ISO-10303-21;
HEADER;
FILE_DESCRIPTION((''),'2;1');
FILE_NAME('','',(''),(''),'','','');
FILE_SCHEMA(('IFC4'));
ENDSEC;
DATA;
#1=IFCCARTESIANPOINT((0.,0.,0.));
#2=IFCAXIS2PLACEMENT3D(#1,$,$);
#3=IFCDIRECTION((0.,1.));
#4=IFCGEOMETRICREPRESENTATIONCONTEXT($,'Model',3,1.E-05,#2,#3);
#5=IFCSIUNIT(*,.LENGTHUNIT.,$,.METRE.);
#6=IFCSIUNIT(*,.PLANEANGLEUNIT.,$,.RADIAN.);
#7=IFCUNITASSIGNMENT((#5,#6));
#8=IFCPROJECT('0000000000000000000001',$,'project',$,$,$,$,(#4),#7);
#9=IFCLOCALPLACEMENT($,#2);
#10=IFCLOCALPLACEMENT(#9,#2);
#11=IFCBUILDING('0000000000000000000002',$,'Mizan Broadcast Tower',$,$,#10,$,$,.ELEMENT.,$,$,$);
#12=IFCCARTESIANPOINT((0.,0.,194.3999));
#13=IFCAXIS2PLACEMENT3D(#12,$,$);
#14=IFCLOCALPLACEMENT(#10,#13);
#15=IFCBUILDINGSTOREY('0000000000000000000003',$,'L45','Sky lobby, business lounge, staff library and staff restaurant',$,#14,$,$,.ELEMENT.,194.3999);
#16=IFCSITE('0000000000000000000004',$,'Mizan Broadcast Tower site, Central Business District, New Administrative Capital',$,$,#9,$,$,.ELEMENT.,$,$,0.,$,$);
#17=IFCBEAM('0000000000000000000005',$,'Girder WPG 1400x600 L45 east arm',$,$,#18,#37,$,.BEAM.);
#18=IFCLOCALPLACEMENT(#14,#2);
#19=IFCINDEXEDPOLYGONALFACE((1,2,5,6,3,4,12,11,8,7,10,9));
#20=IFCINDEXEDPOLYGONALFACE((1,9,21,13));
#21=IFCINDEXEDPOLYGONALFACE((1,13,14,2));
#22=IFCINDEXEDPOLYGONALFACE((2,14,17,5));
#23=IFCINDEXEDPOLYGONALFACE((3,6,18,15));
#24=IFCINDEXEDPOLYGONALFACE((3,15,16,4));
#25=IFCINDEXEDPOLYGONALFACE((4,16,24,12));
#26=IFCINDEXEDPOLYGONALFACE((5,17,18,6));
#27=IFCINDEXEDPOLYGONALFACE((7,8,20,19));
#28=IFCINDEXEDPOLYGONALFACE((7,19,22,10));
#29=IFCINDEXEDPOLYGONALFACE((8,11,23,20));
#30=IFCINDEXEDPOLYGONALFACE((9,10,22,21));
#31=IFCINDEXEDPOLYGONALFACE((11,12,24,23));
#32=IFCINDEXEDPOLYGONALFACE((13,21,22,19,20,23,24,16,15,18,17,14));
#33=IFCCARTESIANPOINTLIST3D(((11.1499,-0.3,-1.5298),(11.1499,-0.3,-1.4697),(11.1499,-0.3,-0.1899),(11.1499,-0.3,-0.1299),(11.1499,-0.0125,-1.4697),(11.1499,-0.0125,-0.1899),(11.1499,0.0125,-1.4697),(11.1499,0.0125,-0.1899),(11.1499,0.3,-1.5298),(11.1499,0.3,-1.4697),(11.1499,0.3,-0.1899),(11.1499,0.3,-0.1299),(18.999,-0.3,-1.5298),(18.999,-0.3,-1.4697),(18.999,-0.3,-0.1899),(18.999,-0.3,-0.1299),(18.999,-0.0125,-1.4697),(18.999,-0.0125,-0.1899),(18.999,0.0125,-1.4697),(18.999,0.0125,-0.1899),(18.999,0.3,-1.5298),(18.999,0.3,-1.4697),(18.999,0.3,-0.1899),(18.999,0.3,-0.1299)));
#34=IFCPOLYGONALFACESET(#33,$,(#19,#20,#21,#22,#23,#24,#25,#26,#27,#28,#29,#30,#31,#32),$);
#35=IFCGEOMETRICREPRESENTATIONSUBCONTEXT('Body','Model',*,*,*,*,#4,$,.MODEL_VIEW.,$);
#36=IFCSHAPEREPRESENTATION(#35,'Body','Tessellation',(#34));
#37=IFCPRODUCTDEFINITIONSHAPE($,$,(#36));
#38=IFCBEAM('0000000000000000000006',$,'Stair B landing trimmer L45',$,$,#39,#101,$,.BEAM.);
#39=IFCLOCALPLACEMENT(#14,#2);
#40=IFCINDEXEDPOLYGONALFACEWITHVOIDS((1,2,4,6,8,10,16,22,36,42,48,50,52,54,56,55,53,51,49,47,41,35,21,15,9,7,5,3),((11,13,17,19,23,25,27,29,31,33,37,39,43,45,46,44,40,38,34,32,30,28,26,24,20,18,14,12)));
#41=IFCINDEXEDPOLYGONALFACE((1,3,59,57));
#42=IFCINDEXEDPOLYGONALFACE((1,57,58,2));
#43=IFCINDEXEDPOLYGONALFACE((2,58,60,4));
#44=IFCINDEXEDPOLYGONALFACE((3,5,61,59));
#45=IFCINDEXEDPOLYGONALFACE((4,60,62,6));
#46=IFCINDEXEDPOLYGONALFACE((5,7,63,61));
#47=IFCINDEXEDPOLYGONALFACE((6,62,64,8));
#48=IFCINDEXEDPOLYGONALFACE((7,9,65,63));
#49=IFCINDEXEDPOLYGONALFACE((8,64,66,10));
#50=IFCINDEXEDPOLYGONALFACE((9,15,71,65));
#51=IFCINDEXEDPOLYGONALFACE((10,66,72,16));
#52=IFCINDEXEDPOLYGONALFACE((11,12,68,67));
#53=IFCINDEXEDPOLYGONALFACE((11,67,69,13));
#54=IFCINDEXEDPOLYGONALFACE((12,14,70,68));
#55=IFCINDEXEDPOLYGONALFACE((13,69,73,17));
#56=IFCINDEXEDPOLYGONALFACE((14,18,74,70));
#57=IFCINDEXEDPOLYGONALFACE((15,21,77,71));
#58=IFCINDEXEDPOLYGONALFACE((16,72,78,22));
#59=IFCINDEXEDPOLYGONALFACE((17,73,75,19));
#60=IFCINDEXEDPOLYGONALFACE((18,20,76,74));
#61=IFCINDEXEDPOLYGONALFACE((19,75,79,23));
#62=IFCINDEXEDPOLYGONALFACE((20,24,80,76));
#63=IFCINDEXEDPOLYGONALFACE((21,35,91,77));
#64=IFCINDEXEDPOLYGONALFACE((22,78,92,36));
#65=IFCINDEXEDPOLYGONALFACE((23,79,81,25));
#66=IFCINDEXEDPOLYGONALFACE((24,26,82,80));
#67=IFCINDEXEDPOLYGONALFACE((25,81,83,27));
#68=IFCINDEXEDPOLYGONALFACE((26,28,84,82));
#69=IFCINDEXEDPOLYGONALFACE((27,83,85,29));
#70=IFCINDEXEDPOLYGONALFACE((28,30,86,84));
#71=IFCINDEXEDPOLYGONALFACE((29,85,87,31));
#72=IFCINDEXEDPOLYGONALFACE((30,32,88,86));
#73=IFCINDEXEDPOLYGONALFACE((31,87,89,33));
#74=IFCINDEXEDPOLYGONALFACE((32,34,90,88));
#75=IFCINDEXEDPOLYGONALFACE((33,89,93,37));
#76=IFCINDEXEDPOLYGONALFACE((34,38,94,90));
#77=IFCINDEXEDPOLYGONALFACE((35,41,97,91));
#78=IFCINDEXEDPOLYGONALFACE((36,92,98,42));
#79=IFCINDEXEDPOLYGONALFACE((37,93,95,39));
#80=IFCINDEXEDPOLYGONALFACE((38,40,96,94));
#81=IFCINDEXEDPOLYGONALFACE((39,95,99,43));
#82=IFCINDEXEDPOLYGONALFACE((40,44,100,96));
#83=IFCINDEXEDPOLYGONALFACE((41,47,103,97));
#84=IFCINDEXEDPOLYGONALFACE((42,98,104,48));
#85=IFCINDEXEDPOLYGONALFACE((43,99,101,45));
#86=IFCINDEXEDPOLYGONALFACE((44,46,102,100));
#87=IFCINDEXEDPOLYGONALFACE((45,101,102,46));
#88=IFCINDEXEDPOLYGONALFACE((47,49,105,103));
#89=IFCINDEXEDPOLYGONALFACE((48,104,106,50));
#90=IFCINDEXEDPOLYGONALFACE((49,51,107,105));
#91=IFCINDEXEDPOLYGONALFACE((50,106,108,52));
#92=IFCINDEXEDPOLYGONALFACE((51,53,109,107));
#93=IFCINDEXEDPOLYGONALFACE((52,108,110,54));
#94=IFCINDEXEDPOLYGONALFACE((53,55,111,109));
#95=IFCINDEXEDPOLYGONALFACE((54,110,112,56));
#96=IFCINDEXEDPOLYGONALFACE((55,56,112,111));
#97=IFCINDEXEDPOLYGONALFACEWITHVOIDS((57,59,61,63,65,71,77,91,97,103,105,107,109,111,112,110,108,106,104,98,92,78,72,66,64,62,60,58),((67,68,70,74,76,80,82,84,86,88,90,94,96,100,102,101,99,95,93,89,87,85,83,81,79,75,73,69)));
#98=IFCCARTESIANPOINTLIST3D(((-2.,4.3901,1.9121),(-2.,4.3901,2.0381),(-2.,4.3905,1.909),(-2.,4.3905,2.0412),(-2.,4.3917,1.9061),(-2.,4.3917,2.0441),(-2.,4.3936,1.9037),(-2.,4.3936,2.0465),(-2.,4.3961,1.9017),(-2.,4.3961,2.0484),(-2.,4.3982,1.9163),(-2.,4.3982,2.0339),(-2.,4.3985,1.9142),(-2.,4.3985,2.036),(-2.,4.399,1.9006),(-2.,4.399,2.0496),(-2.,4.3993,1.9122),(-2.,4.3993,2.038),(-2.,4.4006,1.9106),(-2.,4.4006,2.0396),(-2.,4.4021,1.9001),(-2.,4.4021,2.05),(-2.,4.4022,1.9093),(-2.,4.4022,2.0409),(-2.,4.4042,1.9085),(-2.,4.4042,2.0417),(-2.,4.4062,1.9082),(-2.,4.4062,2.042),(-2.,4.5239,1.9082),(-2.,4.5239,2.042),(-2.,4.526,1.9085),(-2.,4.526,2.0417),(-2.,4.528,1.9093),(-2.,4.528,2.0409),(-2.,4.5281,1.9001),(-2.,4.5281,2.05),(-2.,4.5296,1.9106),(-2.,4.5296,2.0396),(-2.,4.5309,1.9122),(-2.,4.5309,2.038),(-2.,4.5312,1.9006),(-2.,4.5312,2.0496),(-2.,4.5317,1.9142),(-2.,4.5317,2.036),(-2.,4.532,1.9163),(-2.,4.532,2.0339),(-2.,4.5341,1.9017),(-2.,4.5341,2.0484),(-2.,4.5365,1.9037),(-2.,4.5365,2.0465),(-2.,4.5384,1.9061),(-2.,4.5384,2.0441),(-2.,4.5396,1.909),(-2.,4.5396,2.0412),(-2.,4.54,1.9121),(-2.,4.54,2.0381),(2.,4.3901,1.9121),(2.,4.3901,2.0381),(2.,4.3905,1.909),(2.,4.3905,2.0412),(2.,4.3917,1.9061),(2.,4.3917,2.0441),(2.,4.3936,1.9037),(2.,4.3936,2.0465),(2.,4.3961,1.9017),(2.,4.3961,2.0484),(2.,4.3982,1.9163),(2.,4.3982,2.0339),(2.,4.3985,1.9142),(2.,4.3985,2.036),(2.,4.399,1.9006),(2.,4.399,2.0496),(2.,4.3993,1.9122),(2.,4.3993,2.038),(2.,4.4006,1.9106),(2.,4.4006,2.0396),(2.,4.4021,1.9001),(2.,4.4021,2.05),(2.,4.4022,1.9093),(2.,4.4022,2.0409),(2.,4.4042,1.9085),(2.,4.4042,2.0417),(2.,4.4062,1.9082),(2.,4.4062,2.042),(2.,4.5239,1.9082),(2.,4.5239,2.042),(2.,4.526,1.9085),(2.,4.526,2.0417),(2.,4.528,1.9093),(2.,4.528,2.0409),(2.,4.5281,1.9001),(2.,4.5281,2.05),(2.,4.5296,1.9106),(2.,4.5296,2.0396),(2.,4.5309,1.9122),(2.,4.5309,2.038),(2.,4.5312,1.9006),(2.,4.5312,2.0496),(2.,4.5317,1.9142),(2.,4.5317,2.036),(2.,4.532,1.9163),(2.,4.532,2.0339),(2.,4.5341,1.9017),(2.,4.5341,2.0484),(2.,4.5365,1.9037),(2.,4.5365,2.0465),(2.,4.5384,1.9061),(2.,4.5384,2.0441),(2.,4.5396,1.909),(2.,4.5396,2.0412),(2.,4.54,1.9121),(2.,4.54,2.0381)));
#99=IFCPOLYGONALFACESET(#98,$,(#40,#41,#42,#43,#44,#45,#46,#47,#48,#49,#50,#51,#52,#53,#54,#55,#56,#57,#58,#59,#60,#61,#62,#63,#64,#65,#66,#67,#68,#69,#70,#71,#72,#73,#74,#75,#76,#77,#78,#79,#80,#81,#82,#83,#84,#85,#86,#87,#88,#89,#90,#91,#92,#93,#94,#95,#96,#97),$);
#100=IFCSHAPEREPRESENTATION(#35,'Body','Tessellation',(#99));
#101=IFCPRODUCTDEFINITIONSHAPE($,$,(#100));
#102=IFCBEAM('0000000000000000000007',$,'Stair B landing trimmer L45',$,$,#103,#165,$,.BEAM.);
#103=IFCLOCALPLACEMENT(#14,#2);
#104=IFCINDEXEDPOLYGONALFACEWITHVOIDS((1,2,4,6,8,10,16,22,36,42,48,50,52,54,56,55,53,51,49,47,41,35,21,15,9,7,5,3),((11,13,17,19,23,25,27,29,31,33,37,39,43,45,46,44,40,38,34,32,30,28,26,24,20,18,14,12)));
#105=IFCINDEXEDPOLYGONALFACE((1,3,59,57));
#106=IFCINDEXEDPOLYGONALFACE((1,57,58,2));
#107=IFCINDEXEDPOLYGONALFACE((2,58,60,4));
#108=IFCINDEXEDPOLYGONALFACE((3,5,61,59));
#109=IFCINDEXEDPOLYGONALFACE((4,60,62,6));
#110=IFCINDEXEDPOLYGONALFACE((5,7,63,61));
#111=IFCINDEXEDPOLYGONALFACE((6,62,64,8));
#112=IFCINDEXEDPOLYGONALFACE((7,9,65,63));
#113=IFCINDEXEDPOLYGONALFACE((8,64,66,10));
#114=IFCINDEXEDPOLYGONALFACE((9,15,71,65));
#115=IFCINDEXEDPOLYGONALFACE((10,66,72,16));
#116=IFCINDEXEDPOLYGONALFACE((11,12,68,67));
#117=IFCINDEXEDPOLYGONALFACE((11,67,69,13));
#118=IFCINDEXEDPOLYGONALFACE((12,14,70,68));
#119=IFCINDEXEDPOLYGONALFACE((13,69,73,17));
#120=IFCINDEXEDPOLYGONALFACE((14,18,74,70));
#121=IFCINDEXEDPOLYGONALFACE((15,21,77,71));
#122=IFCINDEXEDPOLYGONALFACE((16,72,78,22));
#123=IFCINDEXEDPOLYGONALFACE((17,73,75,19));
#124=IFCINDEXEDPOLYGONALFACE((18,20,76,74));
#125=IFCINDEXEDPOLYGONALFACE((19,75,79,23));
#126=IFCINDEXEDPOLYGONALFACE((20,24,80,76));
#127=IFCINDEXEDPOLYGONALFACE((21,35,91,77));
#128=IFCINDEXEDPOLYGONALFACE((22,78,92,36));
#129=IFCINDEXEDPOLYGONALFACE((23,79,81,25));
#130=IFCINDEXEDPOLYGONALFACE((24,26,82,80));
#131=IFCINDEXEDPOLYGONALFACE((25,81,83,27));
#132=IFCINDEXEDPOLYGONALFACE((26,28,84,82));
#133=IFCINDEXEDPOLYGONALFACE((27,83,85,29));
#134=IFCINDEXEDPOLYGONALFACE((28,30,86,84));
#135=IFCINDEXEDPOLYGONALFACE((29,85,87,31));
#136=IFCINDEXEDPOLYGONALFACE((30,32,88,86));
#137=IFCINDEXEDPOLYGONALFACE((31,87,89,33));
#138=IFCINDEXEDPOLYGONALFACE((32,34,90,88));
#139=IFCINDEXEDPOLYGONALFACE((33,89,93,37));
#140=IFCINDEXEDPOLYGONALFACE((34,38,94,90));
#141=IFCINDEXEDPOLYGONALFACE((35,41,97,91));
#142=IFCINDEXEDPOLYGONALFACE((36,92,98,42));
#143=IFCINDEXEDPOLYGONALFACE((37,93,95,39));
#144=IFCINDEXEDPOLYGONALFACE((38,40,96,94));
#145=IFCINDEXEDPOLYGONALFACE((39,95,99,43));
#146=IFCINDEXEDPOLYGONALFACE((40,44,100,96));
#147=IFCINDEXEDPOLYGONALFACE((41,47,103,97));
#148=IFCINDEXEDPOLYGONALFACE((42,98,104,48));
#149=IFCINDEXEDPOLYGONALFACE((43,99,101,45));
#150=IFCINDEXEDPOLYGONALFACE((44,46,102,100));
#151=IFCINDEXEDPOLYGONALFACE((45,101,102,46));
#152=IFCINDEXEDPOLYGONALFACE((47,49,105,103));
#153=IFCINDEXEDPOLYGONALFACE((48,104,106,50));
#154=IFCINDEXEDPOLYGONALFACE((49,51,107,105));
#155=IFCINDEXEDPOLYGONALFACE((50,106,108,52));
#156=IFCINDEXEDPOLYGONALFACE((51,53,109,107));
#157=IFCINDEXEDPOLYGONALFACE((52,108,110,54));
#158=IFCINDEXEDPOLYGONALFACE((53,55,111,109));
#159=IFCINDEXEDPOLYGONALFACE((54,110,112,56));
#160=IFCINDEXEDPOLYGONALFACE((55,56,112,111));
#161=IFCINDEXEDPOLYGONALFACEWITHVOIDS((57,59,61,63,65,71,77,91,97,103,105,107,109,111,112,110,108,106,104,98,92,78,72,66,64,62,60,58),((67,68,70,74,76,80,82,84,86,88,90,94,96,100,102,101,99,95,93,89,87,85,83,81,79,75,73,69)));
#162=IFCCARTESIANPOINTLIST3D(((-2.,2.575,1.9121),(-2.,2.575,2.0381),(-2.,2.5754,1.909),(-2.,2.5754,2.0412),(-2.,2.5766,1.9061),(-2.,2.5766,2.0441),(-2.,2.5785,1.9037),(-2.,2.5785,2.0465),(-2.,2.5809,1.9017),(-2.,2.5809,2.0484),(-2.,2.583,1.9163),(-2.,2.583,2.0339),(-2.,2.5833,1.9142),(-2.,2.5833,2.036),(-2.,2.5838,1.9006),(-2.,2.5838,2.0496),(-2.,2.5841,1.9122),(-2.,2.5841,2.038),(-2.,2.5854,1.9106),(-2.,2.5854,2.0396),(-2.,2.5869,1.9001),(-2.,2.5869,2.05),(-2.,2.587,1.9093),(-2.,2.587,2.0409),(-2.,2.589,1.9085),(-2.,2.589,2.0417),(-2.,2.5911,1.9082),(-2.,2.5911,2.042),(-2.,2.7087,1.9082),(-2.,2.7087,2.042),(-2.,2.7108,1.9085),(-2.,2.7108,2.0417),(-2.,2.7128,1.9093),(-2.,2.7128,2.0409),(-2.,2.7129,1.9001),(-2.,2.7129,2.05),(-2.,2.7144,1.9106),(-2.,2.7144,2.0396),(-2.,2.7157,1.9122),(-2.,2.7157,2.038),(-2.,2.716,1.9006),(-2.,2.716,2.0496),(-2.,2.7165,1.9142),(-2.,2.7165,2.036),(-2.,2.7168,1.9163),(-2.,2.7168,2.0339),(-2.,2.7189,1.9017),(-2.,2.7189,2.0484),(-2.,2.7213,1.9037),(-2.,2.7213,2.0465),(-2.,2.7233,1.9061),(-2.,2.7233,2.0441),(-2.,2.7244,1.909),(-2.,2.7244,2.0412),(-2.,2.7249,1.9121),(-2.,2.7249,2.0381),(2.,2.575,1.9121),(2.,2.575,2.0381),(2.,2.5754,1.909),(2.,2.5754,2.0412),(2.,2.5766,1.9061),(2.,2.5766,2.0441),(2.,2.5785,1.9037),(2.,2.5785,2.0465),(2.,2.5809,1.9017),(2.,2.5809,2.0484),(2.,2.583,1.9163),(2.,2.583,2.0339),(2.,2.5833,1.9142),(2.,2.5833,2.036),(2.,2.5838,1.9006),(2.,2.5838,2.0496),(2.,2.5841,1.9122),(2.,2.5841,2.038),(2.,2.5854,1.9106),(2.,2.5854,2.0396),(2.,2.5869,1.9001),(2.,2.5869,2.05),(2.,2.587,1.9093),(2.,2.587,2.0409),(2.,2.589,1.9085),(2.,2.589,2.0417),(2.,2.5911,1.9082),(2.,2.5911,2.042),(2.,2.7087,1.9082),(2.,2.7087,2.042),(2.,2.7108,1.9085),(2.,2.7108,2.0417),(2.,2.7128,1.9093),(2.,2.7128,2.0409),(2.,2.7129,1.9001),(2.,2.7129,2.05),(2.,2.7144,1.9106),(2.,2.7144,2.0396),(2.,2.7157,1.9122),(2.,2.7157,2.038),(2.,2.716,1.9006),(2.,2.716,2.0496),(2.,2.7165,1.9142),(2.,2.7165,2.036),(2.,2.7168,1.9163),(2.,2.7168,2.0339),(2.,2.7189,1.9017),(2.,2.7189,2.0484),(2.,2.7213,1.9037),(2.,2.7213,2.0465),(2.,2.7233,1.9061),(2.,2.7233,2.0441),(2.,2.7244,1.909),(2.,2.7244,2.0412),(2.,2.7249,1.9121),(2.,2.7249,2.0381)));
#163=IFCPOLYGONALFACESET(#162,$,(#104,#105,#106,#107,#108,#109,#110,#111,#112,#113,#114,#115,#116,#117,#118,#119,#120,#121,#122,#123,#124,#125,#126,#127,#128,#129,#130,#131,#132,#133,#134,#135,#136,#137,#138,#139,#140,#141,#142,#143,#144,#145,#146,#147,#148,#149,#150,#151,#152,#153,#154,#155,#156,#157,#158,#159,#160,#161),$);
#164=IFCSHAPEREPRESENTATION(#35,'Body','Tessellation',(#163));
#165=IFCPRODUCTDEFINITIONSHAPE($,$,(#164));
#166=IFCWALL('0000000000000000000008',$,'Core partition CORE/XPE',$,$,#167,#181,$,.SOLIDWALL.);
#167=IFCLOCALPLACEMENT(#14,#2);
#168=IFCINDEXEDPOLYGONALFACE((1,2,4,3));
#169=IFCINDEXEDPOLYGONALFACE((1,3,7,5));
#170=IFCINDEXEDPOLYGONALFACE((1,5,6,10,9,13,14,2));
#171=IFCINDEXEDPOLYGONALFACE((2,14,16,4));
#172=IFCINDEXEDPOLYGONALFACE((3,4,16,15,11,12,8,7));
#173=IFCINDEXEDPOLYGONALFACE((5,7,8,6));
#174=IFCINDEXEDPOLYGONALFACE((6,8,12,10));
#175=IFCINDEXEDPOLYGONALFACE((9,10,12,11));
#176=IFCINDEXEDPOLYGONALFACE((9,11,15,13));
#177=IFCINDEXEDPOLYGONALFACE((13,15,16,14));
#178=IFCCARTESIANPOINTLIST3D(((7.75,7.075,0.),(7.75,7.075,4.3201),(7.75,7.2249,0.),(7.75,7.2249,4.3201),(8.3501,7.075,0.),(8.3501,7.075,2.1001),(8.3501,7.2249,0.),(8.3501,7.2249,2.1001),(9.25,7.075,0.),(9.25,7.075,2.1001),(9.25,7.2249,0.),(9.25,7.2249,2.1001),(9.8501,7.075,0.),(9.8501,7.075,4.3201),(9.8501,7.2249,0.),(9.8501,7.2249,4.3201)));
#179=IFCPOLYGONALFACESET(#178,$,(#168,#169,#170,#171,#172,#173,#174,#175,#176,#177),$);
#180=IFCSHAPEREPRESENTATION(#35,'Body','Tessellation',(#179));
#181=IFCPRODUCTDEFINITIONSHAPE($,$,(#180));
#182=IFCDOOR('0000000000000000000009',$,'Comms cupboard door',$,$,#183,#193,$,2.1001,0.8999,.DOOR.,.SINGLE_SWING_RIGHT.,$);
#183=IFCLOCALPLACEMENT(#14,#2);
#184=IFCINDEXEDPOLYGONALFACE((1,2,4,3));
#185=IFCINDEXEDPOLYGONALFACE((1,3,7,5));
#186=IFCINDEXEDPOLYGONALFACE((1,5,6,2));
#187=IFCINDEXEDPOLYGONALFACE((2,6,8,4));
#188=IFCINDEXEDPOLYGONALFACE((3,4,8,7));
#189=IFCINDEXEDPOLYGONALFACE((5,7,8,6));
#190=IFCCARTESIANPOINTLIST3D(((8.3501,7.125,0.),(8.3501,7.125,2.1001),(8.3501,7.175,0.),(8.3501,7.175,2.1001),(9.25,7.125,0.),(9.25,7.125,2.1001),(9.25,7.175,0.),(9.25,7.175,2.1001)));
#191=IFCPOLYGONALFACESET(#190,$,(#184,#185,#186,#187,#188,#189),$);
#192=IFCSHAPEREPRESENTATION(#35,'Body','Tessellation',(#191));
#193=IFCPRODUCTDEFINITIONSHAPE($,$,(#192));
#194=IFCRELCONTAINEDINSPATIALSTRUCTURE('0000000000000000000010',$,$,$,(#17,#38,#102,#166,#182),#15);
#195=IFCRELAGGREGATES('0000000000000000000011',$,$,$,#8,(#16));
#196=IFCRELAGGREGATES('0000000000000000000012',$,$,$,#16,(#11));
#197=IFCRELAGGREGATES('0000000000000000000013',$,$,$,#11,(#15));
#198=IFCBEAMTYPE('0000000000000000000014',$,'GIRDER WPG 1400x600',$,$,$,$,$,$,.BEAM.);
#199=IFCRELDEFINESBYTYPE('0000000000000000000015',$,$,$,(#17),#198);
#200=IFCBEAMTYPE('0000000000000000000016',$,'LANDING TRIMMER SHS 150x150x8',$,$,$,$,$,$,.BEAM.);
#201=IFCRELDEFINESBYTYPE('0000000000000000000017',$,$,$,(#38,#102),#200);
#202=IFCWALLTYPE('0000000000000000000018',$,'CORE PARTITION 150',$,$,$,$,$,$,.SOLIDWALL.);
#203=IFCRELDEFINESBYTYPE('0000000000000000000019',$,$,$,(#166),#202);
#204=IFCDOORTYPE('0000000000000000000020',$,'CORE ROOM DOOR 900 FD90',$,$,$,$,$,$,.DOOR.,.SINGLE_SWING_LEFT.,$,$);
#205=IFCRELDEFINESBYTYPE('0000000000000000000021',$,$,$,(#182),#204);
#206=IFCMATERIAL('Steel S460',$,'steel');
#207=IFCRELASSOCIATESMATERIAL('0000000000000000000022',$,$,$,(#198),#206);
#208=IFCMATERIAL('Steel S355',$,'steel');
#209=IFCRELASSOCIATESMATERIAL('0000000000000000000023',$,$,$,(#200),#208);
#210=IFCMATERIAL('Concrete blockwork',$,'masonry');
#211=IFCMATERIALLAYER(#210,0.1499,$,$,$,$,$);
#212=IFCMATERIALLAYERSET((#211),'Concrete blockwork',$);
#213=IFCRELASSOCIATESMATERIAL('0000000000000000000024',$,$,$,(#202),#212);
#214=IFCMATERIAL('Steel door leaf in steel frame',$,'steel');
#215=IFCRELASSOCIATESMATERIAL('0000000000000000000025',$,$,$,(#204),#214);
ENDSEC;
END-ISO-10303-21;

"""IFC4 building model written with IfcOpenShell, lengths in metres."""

from ifc_helpers import new_model, si_unit, direction, frame, frame_2d, origin, origin_2d, place, context, subcontext, project, spatial, rectangle, hollow_rectangle, i_section, extrude, material, layer, layer_set, material_profile, profile_set, type_object, element, fill, save


model = new_model("IFC4")

# Units and contexts
model_context = context("Model", 3, precision=1e-05, world=origin(), true_north=direction((0.0, 1.0)))
body_context = subcontext(model_context, "Body", "Model", "MODEL_VIEW")
ifc_project = project(units=[si_unit("LENGTHUNIT", "METRE"), si_unit("PLANEANGLEUNIT", "RADIAN")], contexts=[model_context])

# Site, building, storey
site_placement = place(None, origin())
site = spatial("IfcSite", under=ifc_project, at=site_placement, Name="Mizan Broadcast Tower site, Central Business District, New Administrative Capital", CompositionType="ELEMENT", RefElevation=0.0)
building_placement = place(site_placement, origin())
building = spatial("IfcBuilding", under=site, at=building_placement, Name="Mizan Broadcast Tower", CompositionType="ELEMENT")
storey_placement = place(building_placement, frame((0.0, 0.0, 194.3999)))
storey = spatial("IfcBuildingStorey", under=building, at=storey_placement, Name="L45", Description="Sky lobby, business lounge, staff library and staff restaurant", CompositionType="ELEMENT", Elevation=194.3999)

# Beams
ifc_material_1 = material(Name="Steel S460", Category="steel")
ifc_material_profile_1 = material_profile(ifc_material_1, i_section(OverallWidth=0.6001, OverallDepth=1.3999, WebThickness=0.0249, FlangeThickness=0.0601, at=origin_2d()), Name="WPG 1400x600")
ifc_profile_set_1 = profile_set([ifc_material_profile_1], Name="Steel S460")
beam_type_1 = type_object("IfcBeamType", Name="GIRDER WPG 1400x600", PredefinedType="BEAM", material=ifc_profile_set_1)
beam_placement = place(storey_placement, frame((11.1499, 0.0, -0.8298), z_axis=(1.0, 0.0, 0.0), x_axis=(0.0, 1.0, 0.0)))
element("IfcBeam", 1, at=beam_placement, inside=storey, type_object=beam_type_1, Name="Girder WPG 1400x600 L45 east arm", PredefinedType="BEAM", context=body_context, shape_type="SweptSolid", body=[
    extrude(i_section(OverallWidth=0.6001, OverallDepth=1.3999, WebThickness=0.0249, FlangeThickness=0.0601, at=origin_2d()), origin(), (0.0, 0.0, 1.0), 7.8491),
])
ifc_material_2 = material(Name="Steel S355", Category="steel")
ifc_material_profile_2 = material_profile(ifc_material_2, hollow_rectangle(XDim=0.1499, YDim=0.1499, WallThickness=0.0081, InnerFilletRadius=0.0081, OuterFilletRadius=0.012, at=origin_2d()), Name="SHS 150x150x8")
ifc_profile_set_2 = profile_set([ifc_material_profile_2], Name="Steel S355")
beam_type_2 = type_object("IfcBeamType", Name="LANDING TRIMMER SHS 150x150x8", PredefinedType="BEAM", material=ifc_profile_set_2)
for number, where, z_axis, x_axis, name in (
    (2, (2.0, 4.4651, 1.9751), (-1.0, 0.0, 0.0), (0.0, -1.0, 0.0), "Stair B landing trimmer L45"),
    (3, (2.0, 2.6499, 1.9751), (-1.0, 0.0, 0.0), (0.0, -1.0, 0.0), "Stair B landing trimmer L45"),
):
    element("IfcBeam", number, at=place(storey_placement, frame(where, z_axis=z_axis, x_axis=x_axis)), inside=storey, type_object=beam_type_2, Name=name, PredefinedType="BEAM", context=body_context, shape_type="SweptSolid", body=[
        extrude(hollow_rectangle(XDim=0.1499, YDim=0.1499, WallThickness=0.0081, InnerFilletRadius=0.0081, OuterFilletRadius=0.012, at=origin_2d()), origin(), (0.0, 0.0, 1.0), 4.0),
    ])

# Wall, opening, door
ifc_material_3 = material(Name="Concrete blockwork", Category="masonry")
ifc_layer_1 = layer(ifc_material_3, 0.1499)
ifc_layer_set_1 = layer_set([ifc_layer_1], Name="Concrete blockwork")
wall_type_1 = type_object("IfcWallType", Name="CORE PARTITION 150", PredefinedType="SOLIDWALL", material=ifc_layer_set_1)
wall_1_placement = place(storey_placement, frame((9.8501, 7.1499, 0.0), z_axis=(0.0, 0.0, 1.0), x_axis=(-1.0, 0.0, 0.0)))
wall_1 = element("IfcWall", 4, at=wall_1_placement, inside=storey, type_object=wall_type_1, Name="Core partition CORE/XPE", PredefinedType="SOLIDWALL", context=body_context, shape_type="SweptSolid", body=[
    extrude(rectangle(XDim=2.1001, YDim=0.1499, at=frame_2d((1.05, 0.0))), origin(), (0.0, 0.0, 1.0), 4.3201),
])
opening_1_placement = place(wall_1_placement, frame((0.6001, 0.0, 0.0)))
opening_1 = element("IfcOpeningElement", 5, at=opening_1_placement, cuts=wall_1, PredefinedType="OPENING", context=body_context, shape_type="SweptSolid", body=[
    extrude(rectangle(XDim=0.8999, YDim=2.1001, at=frame_2d((0.45, 1.05))), frame((0.0, 0.085, 0.0), z_axis=(0.0, -1.0, 0.0), x_axis=(1.0, 0.0, 0.0)), (0.0, 0.0, 1.0), 0.1699),
])
ifc_material_4 = material(Name="Steel door leaf in steel frame", Category="steel")
door_type_1 = type_object("IfcDoorType", Name="CORE ROOM DOOR 900 FD90", OperationType="SINGLE_SWING_LEFT", PredefinedType="DOOR", material=ifc_material_4)
door_1_placement = place(opening_1_placement, origin())
door_1 = element("IfcDoor", 6, at=door_1_placement, inside=storey, type_object=door_type_1, Name="Comms cupboard door", OperationType="SINGLE_SWING_RIGHT", OverallHeight=2.1001, OverallWidth=0.8999, PredefinedType="DOOR", context=body_context, shape_type="SweptSolid", body=[
    extrude(rectangle(XDim=0.8999, YDim=2.1001, at=frame_2d((0.45, 1.05))), frame((0.0, 0.0249, 0.0), z_axis=(0.0, -1.0, 0.0), x_axis=(1.0, 0.0, 0.0)), (0.0, 0.0, 1.0), 0.05),
])
fill(opening_1, door_1)

save(model, "model.ifc")
